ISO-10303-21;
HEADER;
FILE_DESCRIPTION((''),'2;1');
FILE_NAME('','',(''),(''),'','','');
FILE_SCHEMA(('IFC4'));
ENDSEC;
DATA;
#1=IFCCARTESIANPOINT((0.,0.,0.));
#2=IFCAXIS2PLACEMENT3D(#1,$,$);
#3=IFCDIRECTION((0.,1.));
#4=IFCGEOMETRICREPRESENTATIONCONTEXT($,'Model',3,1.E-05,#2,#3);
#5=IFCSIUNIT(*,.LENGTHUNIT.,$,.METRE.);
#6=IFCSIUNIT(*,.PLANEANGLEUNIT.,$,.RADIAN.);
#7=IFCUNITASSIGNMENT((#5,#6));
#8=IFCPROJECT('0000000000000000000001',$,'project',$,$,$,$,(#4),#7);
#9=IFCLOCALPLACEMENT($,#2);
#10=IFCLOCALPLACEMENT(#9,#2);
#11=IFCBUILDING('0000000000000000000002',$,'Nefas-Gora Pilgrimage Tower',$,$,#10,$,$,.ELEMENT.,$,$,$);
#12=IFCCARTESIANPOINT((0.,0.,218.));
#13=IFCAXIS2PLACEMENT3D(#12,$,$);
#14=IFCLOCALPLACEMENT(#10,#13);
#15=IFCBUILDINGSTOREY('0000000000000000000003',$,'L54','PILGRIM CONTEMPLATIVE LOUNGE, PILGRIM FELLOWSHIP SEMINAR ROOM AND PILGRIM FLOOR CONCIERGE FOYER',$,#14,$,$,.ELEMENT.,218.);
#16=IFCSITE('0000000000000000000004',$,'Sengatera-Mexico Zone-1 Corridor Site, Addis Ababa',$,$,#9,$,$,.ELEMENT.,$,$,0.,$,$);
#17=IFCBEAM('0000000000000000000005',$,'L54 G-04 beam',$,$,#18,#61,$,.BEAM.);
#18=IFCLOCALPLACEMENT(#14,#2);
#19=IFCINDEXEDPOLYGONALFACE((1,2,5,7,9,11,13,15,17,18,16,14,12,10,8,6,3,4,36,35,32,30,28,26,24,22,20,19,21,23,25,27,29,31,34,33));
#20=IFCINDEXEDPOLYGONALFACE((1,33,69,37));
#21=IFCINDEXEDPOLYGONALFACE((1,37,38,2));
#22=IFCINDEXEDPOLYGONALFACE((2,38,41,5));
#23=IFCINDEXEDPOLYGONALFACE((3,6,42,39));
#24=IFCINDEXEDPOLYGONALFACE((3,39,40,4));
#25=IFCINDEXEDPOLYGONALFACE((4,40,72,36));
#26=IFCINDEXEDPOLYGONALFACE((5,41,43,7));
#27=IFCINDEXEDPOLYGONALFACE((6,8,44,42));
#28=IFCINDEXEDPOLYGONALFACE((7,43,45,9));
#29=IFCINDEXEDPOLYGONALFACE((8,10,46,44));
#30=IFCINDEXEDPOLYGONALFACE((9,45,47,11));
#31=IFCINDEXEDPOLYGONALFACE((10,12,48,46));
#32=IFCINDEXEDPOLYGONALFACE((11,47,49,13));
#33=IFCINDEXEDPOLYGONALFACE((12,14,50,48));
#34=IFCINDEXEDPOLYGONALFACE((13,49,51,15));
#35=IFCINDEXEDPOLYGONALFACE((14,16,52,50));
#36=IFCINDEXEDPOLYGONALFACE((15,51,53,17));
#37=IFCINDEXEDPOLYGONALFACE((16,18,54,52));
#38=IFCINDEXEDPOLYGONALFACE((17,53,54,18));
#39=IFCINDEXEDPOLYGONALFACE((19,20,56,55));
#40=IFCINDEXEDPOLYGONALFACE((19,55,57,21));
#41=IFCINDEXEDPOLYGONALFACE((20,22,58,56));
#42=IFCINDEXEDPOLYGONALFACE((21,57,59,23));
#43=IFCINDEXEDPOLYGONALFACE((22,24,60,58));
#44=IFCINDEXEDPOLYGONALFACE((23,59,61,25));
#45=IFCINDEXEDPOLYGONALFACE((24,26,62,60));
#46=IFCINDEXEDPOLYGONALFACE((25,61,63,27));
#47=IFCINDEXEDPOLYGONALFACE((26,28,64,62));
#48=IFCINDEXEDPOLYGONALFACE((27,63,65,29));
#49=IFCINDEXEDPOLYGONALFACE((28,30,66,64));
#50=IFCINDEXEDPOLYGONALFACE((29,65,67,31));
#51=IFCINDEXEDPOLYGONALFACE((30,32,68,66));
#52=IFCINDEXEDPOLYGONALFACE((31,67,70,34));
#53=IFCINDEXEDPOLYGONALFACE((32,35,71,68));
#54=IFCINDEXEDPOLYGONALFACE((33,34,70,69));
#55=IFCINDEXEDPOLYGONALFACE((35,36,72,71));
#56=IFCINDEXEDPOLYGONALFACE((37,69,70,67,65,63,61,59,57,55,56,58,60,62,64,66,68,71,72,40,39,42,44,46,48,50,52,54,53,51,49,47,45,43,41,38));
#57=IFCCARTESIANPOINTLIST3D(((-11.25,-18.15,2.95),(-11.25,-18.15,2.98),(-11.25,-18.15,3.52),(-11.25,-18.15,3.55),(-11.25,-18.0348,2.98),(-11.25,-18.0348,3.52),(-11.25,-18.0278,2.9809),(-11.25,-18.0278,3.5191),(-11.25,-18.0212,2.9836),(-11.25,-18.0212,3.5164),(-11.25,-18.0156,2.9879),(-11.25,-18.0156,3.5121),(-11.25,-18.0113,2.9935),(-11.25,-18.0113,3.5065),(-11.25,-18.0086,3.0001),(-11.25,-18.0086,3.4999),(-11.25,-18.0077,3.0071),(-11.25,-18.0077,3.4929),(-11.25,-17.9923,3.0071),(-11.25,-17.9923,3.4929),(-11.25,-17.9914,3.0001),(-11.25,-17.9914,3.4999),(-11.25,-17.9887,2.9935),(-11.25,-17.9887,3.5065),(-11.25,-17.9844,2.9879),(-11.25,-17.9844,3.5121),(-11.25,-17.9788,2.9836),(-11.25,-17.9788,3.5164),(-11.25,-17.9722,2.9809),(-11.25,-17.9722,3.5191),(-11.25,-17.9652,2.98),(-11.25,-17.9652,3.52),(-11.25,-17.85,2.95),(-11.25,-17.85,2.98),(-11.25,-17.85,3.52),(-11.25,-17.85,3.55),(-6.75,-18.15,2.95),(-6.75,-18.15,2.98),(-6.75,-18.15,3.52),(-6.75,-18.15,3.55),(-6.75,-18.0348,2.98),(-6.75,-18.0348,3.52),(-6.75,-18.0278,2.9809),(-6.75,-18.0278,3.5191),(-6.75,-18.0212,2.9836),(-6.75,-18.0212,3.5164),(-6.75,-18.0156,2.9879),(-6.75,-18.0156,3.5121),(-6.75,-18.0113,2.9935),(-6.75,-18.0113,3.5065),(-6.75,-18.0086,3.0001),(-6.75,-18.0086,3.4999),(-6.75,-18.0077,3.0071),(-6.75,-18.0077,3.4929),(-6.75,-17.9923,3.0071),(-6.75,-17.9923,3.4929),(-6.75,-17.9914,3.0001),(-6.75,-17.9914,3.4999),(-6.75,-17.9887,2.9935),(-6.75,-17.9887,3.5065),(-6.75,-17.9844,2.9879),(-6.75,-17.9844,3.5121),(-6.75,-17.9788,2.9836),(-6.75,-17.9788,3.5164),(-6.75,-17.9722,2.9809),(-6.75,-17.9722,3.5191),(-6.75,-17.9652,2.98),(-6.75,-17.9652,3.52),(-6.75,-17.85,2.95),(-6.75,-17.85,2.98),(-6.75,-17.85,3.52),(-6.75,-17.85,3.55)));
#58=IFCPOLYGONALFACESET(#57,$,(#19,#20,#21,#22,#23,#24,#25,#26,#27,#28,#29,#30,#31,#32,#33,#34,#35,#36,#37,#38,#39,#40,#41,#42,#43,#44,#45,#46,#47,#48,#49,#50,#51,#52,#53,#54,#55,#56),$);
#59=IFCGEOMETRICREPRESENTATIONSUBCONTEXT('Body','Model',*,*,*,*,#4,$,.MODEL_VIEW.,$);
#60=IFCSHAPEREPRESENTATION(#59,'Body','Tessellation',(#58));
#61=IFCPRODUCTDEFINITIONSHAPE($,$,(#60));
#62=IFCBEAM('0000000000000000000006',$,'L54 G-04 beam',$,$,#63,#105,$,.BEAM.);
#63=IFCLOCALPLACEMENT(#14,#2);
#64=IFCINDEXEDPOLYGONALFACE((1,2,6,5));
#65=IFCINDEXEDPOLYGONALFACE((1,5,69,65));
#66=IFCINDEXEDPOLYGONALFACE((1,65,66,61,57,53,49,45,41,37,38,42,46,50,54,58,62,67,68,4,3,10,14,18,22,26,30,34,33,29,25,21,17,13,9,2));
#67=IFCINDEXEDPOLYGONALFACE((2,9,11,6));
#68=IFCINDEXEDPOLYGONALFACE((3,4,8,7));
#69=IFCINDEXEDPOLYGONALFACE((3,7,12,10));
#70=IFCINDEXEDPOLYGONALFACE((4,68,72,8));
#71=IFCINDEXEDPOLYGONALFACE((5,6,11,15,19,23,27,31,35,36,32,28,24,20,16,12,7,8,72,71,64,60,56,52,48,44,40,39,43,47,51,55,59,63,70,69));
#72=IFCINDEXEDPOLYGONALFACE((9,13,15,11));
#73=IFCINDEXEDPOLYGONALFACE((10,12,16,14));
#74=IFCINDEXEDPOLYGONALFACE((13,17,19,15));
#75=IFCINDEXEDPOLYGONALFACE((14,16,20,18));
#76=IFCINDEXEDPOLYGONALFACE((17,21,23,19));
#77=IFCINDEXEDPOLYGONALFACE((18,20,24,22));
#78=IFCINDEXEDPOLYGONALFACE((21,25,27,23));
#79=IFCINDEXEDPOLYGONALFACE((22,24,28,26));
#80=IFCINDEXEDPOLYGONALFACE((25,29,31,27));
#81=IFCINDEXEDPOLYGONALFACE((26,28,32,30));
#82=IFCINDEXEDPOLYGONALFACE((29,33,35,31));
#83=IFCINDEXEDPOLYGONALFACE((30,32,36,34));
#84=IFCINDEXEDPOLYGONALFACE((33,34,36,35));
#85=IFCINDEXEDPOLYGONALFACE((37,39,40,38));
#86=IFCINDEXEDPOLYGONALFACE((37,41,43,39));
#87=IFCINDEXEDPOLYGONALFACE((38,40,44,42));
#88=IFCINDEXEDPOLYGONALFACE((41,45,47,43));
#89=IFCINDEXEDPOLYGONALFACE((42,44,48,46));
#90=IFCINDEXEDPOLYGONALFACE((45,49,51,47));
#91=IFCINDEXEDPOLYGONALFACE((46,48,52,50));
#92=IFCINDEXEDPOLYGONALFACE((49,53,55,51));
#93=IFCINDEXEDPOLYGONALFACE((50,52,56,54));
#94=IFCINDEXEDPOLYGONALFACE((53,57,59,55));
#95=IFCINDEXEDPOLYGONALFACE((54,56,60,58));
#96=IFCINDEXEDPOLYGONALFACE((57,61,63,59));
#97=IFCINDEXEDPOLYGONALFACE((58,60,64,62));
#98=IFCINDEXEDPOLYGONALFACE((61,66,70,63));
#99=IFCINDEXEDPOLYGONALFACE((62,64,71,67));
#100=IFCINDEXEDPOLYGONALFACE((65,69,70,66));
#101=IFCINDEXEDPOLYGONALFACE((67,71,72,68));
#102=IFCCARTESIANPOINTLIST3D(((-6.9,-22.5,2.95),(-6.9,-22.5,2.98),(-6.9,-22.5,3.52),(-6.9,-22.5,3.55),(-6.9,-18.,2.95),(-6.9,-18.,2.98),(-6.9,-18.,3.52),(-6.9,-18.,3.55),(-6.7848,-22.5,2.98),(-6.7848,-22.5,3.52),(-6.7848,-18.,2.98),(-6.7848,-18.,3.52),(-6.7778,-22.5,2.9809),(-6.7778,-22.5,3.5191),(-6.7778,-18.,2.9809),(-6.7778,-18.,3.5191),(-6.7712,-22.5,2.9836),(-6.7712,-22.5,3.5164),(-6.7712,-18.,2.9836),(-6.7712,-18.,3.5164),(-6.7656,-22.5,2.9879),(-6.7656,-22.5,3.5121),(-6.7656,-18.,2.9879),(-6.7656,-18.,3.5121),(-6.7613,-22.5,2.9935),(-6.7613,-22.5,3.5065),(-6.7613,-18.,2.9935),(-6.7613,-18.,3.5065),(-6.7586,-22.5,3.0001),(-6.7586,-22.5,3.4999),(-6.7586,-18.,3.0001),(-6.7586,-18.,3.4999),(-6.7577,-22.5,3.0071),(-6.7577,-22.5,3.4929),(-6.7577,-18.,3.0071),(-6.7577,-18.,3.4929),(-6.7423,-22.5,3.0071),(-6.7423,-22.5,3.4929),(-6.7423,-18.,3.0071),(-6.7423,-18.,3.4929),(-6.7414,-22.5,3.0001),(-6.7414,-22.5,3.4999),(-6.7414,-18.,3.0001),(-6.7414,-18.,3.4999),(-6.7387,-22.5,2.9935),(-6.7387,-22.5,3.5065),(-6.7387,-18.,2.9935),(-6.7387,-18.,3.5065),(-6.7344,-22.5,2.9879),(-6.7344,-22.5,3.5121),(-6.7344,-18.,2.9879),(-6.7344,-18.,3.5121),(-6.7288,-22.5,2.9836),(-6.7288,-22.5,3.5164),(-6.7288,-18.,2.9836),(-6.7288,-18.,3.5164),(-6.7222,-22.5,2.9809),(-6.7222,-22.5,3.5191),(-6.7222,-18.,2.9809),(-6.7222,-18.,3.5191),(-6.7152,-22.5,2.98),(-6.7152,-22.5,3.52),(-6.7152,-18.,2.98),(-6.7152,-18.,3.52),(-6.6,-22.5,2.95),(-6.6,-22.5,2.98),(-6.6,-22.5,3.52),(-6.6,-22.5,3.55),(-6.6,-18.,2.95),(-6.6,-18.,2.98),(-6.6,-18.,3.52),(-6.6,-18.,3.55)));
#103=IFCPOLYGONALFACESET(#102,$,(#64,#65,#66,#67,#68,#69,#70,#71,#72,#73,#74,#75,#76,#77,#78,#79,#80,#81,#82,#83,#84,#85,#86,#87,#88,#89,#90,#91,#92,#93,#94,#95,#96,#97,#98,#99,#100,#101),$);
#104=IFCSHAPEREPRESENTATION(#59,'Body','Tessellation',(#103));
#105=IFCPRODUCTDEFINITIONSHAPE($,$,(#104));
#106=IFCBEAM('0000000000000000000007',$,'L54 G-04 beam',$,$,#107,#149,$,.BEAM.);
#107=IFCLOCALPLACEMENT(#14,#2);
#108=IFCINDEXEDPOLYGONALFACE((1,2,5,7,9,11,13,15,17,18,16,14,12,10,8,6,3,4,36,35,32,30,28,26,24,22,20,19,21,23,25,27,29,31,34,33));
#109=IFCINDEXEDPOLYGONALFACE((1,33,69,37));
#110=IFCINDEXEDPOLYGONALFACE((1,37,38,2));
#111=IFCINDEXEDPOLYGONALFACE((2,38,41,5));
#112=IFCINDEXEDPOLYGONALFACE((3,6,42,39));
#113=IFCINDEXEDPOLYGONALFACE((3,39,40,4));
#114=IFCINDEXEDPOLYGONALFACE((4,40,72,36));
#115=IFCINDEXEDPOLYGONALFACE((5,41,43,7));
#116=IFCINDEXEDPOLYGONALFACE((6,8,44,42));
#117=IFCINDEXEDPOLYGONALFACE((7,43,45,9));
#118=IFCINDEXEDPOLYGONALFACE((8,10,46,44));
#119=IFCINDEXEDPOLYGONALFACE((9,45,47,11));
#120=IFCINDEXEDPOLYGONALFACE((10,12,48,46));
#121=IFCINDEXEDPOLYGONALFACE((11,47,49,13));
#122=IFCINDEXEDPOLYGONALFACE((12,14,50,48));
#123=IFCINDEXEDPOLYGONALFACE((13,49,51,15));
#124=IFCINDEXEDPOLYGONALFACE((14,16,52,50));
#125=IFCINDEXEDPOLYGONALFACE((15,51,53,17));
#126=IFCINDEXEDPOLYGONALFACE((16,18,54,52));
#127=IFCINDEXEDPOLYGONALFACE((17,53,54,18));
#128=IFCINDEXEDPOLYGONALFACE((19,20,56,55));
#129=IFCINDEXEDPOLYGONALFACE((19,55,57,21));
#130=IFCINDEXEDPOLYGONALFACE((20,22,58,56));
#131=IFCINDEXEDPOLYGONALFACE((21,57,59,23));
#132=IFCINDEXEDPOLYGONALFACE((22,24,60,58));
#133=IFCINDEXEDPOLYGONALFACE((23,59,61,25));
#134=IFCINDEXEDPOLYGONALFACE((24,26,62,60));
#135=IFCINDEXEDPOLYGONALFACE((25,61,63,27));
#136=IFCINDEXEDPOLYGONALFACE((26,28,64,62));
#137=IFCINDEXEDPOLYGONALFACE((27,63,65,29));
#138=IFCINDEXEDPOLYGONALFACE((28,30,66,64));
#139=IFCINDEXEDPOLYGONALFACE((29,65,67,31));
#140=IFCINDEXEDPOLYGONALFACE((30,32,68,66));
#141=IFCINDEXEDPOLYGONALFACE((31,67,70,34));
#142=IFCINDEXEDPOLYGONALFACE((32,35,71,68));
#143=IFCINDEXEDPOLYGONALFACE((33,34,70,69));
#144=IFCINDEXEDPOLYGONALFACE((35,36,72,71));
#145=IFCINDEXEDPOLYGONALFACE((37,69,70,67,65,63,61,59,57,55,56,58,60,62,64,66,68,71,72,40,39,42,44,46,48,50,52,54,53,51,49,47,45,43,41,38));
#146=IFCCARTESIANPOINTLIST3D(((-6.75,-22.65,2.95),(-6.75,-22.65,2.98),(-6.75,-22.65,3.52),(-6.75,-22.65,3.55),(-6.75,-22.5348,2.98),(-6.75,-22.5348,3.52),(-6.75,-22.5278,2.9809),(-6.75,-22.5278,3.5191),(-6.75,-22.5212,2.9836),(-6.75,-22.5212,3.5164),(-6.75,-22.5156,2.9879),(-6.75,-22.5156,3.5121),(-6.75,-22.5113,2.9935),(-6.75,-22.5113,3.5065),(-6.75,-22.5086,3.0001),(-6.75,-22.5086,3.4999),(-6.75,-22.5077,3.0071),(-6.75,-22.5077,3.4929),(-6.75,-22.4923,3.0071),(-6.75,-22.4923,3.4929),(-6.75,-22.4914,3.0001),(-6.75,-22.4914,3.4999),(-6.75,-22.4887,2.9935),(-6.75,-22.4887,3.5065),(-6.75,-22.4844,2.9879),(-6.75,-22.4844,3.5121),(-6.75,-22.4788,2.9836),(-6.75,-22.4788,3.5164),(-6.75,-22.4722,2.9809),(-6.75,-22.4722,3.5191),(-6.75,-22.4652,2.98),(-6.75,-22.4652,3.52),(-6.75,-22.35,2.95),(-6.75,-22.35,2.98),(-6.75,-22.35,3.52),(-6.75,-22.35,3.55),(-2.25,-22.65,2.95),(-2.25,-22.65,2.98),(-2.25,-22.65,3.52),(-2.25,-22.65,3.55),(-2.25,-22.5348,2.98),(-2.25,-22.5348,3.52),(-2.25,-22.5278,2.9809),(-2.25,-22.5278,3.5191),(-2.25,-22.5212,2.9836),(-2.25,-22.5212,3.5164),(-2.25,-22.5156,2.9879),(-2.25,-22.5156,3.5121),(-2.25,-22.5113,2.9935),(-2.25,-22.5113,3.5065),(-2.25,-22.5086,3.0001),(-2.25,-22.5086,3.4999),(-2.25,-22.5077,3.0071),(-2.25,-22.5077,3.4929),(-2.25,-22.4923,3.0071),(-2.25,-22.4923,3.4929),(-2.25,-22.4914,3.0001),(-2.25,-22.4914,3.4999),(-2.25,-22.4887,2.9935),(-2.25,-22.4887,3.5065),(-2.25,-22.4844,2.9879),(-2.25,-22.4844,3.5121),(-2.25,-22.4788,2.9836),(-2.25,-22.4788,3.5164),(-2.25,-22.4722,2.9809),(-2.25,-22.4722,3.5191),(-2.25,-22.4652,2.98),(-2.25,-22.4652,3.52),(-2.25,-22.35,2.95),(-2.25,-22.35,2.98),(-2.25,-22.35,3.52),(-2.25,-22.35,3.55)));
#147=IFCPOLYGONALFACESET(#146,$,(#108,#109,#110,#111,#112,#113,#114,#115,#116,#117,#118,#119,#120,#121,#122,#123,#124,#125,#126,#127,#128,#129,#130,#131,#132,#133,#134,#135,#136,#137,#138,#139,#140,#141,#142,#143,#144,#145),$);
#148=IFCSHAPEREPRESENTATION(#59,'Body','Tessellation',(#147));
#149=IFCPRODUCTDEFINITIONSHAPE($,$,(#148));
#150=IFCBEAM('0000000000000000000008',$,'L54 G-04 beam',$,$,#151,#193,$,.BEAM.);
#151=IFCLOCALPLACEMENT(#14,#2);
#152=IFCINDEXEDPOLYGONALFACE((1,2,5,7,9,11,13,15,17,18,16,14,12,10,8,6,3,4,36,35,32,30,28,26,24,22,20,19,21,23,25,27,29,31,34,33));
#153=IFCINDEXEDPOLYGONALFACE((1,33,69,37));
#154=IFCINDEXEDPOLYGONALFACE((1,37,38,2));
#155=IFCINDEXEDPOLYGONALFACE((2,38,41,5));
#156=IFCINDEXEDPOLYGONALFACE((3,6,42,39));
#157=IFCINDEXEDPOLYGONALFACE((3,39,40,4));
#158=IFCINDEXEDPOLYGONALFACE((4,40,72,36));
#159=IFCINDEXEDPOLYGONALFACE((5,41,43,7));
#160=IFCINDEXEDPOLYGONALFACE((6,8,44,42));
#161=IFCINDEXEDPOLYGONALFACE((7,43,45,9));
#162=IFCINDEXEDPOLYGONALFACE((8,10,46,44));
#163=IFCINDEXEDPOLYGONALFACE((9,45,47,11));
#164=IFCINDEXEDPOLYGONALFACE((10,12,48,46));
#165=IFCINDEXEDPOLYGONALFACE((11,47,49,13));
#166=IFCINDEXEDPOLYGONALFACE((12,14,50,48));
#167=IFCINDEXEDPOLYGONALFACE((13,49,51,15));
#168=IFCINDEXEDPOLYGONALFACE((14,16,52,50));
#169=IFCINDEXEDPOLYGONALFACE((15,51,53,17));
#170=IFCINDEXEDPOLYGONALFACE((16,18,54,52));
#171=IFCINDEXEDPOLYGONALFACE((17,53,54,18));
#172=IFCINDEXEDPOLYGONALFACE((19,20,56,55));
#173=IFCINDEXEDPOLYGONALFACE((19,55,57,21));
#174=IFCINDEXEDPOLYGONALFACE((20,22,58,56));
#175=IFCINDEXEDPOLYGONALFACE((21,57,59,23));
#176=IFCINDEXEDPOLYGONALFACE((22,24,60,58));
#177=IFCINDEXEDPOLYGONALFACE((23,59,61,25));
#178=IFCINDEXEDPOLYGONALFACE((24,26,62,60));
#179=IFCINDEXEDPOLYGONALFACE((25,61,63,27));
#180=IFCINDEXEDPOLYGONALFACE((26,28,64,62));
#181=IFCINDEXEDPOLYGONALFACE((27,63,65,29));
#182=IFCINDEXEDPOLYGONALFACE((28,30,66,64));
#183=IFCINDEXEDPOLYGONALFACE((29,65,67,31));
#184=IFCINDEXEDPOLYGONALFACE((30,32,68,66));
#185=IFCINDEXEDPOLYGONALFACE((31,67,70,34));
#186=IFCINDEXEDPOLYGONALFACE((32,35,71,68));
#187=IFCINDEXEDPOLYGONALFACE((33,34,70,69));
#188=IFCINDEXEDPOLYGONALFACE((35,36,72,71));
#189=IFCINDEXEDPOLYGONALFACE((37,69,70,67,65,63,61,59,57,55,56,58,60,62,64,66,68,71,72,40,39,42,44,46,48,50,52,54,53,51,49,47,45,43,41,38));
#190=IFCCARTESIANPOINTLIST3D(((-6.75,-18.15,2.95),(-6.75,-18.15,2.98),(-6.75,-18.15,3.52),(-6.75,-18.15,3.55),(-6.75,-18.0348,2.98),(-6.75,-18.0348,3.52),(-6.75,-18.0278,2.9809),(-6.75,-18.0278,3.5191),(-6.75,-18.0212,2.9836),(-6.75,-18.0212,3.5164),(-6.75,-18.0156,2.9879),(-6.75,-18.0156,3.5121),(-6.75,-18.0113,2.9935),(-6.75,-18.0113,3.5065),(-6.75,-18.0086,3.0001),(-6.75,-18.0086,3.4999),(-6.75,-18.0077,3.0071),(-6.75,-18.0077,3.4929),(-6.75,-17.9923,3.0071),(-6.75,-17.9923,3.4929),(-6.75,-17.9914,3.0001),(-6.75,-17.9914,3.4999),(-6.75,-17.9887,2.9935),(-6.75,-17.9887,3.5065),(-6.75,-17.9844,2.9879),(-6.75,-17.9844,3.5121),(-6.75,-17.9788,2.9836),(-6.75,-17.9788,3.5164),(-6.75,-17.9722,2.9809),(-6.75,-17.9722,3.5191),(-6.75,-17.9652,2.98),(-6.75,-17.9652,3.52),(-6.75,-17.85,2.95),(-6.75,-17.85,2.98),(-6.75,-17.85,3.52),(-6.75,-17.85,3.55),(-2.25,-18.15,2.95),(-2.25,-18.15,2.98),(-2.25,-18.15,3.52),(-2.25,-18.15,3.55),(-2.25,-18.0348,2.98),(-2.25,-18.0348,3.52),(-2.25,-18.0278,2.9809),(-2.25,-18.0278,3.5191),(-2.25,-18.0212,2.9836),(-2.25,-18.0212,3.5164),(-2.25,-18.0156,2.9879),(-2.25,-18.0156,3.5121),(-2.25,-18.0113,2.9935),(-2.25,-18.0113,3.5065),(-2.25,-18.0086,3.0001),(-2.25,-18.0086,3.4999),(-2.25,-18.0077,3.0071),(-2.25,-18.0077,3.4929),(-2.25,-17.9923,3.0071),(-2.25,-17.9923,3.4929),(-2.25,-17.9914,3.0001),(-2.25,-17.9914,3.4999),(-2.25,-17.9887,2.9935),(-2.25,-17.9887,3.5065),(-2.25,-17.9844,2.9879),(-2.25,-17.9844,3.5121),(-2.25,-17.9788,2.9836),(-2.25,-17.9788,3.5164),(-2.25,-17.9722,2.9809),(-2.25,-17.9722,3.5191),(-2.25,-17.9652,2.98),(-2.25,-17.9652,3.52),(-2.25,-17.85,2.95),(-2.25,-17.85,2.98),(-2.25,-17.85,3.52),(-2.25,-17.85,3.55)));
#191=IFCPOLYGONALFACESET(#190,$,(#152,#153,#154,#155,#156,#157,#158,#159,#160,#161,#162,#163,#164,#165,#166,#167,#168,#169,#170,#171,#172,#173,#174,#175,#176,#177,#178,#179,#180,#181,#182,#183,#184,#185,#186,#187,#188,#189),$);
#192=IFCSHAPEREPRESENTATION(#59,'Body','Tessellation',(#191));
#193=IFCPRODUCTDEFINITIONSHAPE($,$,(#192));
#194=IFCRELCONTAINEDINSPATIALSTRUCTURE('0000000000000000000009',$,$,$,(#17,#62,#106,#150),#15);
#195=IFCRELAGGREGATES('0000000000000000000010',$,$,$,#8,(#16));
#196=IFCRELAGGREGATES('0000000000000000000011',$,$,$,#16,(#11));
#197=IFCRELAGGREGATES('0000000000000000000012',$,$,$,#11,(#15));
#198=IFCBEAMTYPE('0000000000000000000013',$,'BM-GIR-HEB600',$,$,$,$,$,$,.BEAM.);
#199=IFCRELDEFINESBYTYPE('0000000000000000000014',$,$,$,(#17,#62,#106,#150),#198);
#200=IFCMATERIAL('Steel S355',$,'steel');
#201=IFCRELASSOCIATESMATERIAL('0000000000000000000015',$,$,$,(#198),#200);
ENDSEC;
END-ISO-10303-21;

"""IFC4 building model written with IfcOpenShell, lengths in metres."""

from ifc_helpers import new_model, si_unit, direction, frame, origin, origin_2d, place, context, subcontext, project, spatial, i_section, extrude, source, transform, mapped, material, material_profile, profile_set, type_object, element, save


model = new_model("IFC4")

# Units and contexts
model_context = context("Model", 3, precision=1e-05, world=origin(), true_north=direction((0.0, 1.0)))
body_context = subcontext(model_context, "Body", "Model", "MODEL_VIEW")
ifc_project = project(units=[si_unit("LENGTHUNIT", "METRE"), si_unit("PLANEANGLEUNIT", "RADIAN")], contexts=[model_context])

# Site, building, storey
site_placement = place(None, origin())
site = spatial("IfcSite", under=ifc_project, at=site_placement, Name="Sengatera-Mexico Zone-1 Corridor Site, Addis Ababa", CompositionType="ELEMENT", RefElevation=0.0)
building_placement = place(site_placement, origin())
building = spatial("IfcBuilding", under=site, at=building_placement, Name="Nefas-Gora Pilgrimage Tower", CompositionType="ELEMENT")
storey_placement = place(building_placement, frame((0.0, 0.0, 218.0)))
storey = spatial("IfcBuildingStorey", under=building, at=storey_placement, Name="L54", Description="PILGRIM CONTEMPLATIVE LOUNGE, PILGRIM FELLOWSHIP SEMINAR ROOM AND PILGRIM FLOOR CONCIERGE FOYER", CompositionType="ELEMENT", Elevation=218.0)

# Beams
ifc_material_1 = material(Name="Steel S355", Category="steel")
ifc_material_profile_1 = material_profile(ifc_material_1, i_section(OverallWidth=0.3, OverallDepth=0.6001, WebThickness=0.0154, FlangeThickness=0.03, FilletRadius=0.0271, at=origin_2d()), Name="HEB 600")
ifc_profile_set_1 = profile_set([ifc_material_profile_1], Name="Steel S355")
beam_type_1 = type_object("IfcBeamType", Name="BM-GIR-HEB600", PredefinedType="BEAM", material=ifc_profile_set_1)
shared_shape_1 = source(origin(), body_context, "Body", "SweptSolid", [
    extrude(i_section(OverallWidth=0.3, OverallDepth=0.6001, WebThickness=0.0154, FlangeThickness=0.03, FilletRadius=0.0271, at=origin_2d()), origin(), (0.0, 0.0, 1.0), 4.5),
])
for number, where, z_axis, x_axis, name in (
    (1, (-11.25, -18.0, 3.25), (1.0, 0.0, 0.0), (0.0, 1.0, 0.0), "L54 G-04 beam"),
    (2, (-6.75, -22.5, 3.25), (0.0, 1.0, 0.0), (-1.0, 0.0, 0.0), "L54 G-04 beam"),
    (3, (-6.75, -22.5, 3.25), (1.0, 0.0, 0.0), (0.0, 1.0, 0.0), "L54 G-04 beam"),
    (4, (-6.75, -18.0, 3.25), (1.0, 0.0, 0.0), (0.0, 1.0, 0.0), "L54 G-04 beam"),
):
    element("IfcBeam", number, at=place(storey_placement, frame(where, z_axis=z_axis, x_axis=x_axis)), inside=storey, type_object=beam_type_1, Name=name, PredefinedType="BEAM", context=body_context, shape_type="MappedRepresentation", body=[
        mapped(shared_shape_1, transform((0.0, 0.0, 0.0), x_axis=(1.0, 0.0, 0.0), y_axis=(0.0, 1.0, 0.0), z_axis=(0.0, 0.0, 1.0), scale=1.0)),
    ])

save(model, "model.ifc")
